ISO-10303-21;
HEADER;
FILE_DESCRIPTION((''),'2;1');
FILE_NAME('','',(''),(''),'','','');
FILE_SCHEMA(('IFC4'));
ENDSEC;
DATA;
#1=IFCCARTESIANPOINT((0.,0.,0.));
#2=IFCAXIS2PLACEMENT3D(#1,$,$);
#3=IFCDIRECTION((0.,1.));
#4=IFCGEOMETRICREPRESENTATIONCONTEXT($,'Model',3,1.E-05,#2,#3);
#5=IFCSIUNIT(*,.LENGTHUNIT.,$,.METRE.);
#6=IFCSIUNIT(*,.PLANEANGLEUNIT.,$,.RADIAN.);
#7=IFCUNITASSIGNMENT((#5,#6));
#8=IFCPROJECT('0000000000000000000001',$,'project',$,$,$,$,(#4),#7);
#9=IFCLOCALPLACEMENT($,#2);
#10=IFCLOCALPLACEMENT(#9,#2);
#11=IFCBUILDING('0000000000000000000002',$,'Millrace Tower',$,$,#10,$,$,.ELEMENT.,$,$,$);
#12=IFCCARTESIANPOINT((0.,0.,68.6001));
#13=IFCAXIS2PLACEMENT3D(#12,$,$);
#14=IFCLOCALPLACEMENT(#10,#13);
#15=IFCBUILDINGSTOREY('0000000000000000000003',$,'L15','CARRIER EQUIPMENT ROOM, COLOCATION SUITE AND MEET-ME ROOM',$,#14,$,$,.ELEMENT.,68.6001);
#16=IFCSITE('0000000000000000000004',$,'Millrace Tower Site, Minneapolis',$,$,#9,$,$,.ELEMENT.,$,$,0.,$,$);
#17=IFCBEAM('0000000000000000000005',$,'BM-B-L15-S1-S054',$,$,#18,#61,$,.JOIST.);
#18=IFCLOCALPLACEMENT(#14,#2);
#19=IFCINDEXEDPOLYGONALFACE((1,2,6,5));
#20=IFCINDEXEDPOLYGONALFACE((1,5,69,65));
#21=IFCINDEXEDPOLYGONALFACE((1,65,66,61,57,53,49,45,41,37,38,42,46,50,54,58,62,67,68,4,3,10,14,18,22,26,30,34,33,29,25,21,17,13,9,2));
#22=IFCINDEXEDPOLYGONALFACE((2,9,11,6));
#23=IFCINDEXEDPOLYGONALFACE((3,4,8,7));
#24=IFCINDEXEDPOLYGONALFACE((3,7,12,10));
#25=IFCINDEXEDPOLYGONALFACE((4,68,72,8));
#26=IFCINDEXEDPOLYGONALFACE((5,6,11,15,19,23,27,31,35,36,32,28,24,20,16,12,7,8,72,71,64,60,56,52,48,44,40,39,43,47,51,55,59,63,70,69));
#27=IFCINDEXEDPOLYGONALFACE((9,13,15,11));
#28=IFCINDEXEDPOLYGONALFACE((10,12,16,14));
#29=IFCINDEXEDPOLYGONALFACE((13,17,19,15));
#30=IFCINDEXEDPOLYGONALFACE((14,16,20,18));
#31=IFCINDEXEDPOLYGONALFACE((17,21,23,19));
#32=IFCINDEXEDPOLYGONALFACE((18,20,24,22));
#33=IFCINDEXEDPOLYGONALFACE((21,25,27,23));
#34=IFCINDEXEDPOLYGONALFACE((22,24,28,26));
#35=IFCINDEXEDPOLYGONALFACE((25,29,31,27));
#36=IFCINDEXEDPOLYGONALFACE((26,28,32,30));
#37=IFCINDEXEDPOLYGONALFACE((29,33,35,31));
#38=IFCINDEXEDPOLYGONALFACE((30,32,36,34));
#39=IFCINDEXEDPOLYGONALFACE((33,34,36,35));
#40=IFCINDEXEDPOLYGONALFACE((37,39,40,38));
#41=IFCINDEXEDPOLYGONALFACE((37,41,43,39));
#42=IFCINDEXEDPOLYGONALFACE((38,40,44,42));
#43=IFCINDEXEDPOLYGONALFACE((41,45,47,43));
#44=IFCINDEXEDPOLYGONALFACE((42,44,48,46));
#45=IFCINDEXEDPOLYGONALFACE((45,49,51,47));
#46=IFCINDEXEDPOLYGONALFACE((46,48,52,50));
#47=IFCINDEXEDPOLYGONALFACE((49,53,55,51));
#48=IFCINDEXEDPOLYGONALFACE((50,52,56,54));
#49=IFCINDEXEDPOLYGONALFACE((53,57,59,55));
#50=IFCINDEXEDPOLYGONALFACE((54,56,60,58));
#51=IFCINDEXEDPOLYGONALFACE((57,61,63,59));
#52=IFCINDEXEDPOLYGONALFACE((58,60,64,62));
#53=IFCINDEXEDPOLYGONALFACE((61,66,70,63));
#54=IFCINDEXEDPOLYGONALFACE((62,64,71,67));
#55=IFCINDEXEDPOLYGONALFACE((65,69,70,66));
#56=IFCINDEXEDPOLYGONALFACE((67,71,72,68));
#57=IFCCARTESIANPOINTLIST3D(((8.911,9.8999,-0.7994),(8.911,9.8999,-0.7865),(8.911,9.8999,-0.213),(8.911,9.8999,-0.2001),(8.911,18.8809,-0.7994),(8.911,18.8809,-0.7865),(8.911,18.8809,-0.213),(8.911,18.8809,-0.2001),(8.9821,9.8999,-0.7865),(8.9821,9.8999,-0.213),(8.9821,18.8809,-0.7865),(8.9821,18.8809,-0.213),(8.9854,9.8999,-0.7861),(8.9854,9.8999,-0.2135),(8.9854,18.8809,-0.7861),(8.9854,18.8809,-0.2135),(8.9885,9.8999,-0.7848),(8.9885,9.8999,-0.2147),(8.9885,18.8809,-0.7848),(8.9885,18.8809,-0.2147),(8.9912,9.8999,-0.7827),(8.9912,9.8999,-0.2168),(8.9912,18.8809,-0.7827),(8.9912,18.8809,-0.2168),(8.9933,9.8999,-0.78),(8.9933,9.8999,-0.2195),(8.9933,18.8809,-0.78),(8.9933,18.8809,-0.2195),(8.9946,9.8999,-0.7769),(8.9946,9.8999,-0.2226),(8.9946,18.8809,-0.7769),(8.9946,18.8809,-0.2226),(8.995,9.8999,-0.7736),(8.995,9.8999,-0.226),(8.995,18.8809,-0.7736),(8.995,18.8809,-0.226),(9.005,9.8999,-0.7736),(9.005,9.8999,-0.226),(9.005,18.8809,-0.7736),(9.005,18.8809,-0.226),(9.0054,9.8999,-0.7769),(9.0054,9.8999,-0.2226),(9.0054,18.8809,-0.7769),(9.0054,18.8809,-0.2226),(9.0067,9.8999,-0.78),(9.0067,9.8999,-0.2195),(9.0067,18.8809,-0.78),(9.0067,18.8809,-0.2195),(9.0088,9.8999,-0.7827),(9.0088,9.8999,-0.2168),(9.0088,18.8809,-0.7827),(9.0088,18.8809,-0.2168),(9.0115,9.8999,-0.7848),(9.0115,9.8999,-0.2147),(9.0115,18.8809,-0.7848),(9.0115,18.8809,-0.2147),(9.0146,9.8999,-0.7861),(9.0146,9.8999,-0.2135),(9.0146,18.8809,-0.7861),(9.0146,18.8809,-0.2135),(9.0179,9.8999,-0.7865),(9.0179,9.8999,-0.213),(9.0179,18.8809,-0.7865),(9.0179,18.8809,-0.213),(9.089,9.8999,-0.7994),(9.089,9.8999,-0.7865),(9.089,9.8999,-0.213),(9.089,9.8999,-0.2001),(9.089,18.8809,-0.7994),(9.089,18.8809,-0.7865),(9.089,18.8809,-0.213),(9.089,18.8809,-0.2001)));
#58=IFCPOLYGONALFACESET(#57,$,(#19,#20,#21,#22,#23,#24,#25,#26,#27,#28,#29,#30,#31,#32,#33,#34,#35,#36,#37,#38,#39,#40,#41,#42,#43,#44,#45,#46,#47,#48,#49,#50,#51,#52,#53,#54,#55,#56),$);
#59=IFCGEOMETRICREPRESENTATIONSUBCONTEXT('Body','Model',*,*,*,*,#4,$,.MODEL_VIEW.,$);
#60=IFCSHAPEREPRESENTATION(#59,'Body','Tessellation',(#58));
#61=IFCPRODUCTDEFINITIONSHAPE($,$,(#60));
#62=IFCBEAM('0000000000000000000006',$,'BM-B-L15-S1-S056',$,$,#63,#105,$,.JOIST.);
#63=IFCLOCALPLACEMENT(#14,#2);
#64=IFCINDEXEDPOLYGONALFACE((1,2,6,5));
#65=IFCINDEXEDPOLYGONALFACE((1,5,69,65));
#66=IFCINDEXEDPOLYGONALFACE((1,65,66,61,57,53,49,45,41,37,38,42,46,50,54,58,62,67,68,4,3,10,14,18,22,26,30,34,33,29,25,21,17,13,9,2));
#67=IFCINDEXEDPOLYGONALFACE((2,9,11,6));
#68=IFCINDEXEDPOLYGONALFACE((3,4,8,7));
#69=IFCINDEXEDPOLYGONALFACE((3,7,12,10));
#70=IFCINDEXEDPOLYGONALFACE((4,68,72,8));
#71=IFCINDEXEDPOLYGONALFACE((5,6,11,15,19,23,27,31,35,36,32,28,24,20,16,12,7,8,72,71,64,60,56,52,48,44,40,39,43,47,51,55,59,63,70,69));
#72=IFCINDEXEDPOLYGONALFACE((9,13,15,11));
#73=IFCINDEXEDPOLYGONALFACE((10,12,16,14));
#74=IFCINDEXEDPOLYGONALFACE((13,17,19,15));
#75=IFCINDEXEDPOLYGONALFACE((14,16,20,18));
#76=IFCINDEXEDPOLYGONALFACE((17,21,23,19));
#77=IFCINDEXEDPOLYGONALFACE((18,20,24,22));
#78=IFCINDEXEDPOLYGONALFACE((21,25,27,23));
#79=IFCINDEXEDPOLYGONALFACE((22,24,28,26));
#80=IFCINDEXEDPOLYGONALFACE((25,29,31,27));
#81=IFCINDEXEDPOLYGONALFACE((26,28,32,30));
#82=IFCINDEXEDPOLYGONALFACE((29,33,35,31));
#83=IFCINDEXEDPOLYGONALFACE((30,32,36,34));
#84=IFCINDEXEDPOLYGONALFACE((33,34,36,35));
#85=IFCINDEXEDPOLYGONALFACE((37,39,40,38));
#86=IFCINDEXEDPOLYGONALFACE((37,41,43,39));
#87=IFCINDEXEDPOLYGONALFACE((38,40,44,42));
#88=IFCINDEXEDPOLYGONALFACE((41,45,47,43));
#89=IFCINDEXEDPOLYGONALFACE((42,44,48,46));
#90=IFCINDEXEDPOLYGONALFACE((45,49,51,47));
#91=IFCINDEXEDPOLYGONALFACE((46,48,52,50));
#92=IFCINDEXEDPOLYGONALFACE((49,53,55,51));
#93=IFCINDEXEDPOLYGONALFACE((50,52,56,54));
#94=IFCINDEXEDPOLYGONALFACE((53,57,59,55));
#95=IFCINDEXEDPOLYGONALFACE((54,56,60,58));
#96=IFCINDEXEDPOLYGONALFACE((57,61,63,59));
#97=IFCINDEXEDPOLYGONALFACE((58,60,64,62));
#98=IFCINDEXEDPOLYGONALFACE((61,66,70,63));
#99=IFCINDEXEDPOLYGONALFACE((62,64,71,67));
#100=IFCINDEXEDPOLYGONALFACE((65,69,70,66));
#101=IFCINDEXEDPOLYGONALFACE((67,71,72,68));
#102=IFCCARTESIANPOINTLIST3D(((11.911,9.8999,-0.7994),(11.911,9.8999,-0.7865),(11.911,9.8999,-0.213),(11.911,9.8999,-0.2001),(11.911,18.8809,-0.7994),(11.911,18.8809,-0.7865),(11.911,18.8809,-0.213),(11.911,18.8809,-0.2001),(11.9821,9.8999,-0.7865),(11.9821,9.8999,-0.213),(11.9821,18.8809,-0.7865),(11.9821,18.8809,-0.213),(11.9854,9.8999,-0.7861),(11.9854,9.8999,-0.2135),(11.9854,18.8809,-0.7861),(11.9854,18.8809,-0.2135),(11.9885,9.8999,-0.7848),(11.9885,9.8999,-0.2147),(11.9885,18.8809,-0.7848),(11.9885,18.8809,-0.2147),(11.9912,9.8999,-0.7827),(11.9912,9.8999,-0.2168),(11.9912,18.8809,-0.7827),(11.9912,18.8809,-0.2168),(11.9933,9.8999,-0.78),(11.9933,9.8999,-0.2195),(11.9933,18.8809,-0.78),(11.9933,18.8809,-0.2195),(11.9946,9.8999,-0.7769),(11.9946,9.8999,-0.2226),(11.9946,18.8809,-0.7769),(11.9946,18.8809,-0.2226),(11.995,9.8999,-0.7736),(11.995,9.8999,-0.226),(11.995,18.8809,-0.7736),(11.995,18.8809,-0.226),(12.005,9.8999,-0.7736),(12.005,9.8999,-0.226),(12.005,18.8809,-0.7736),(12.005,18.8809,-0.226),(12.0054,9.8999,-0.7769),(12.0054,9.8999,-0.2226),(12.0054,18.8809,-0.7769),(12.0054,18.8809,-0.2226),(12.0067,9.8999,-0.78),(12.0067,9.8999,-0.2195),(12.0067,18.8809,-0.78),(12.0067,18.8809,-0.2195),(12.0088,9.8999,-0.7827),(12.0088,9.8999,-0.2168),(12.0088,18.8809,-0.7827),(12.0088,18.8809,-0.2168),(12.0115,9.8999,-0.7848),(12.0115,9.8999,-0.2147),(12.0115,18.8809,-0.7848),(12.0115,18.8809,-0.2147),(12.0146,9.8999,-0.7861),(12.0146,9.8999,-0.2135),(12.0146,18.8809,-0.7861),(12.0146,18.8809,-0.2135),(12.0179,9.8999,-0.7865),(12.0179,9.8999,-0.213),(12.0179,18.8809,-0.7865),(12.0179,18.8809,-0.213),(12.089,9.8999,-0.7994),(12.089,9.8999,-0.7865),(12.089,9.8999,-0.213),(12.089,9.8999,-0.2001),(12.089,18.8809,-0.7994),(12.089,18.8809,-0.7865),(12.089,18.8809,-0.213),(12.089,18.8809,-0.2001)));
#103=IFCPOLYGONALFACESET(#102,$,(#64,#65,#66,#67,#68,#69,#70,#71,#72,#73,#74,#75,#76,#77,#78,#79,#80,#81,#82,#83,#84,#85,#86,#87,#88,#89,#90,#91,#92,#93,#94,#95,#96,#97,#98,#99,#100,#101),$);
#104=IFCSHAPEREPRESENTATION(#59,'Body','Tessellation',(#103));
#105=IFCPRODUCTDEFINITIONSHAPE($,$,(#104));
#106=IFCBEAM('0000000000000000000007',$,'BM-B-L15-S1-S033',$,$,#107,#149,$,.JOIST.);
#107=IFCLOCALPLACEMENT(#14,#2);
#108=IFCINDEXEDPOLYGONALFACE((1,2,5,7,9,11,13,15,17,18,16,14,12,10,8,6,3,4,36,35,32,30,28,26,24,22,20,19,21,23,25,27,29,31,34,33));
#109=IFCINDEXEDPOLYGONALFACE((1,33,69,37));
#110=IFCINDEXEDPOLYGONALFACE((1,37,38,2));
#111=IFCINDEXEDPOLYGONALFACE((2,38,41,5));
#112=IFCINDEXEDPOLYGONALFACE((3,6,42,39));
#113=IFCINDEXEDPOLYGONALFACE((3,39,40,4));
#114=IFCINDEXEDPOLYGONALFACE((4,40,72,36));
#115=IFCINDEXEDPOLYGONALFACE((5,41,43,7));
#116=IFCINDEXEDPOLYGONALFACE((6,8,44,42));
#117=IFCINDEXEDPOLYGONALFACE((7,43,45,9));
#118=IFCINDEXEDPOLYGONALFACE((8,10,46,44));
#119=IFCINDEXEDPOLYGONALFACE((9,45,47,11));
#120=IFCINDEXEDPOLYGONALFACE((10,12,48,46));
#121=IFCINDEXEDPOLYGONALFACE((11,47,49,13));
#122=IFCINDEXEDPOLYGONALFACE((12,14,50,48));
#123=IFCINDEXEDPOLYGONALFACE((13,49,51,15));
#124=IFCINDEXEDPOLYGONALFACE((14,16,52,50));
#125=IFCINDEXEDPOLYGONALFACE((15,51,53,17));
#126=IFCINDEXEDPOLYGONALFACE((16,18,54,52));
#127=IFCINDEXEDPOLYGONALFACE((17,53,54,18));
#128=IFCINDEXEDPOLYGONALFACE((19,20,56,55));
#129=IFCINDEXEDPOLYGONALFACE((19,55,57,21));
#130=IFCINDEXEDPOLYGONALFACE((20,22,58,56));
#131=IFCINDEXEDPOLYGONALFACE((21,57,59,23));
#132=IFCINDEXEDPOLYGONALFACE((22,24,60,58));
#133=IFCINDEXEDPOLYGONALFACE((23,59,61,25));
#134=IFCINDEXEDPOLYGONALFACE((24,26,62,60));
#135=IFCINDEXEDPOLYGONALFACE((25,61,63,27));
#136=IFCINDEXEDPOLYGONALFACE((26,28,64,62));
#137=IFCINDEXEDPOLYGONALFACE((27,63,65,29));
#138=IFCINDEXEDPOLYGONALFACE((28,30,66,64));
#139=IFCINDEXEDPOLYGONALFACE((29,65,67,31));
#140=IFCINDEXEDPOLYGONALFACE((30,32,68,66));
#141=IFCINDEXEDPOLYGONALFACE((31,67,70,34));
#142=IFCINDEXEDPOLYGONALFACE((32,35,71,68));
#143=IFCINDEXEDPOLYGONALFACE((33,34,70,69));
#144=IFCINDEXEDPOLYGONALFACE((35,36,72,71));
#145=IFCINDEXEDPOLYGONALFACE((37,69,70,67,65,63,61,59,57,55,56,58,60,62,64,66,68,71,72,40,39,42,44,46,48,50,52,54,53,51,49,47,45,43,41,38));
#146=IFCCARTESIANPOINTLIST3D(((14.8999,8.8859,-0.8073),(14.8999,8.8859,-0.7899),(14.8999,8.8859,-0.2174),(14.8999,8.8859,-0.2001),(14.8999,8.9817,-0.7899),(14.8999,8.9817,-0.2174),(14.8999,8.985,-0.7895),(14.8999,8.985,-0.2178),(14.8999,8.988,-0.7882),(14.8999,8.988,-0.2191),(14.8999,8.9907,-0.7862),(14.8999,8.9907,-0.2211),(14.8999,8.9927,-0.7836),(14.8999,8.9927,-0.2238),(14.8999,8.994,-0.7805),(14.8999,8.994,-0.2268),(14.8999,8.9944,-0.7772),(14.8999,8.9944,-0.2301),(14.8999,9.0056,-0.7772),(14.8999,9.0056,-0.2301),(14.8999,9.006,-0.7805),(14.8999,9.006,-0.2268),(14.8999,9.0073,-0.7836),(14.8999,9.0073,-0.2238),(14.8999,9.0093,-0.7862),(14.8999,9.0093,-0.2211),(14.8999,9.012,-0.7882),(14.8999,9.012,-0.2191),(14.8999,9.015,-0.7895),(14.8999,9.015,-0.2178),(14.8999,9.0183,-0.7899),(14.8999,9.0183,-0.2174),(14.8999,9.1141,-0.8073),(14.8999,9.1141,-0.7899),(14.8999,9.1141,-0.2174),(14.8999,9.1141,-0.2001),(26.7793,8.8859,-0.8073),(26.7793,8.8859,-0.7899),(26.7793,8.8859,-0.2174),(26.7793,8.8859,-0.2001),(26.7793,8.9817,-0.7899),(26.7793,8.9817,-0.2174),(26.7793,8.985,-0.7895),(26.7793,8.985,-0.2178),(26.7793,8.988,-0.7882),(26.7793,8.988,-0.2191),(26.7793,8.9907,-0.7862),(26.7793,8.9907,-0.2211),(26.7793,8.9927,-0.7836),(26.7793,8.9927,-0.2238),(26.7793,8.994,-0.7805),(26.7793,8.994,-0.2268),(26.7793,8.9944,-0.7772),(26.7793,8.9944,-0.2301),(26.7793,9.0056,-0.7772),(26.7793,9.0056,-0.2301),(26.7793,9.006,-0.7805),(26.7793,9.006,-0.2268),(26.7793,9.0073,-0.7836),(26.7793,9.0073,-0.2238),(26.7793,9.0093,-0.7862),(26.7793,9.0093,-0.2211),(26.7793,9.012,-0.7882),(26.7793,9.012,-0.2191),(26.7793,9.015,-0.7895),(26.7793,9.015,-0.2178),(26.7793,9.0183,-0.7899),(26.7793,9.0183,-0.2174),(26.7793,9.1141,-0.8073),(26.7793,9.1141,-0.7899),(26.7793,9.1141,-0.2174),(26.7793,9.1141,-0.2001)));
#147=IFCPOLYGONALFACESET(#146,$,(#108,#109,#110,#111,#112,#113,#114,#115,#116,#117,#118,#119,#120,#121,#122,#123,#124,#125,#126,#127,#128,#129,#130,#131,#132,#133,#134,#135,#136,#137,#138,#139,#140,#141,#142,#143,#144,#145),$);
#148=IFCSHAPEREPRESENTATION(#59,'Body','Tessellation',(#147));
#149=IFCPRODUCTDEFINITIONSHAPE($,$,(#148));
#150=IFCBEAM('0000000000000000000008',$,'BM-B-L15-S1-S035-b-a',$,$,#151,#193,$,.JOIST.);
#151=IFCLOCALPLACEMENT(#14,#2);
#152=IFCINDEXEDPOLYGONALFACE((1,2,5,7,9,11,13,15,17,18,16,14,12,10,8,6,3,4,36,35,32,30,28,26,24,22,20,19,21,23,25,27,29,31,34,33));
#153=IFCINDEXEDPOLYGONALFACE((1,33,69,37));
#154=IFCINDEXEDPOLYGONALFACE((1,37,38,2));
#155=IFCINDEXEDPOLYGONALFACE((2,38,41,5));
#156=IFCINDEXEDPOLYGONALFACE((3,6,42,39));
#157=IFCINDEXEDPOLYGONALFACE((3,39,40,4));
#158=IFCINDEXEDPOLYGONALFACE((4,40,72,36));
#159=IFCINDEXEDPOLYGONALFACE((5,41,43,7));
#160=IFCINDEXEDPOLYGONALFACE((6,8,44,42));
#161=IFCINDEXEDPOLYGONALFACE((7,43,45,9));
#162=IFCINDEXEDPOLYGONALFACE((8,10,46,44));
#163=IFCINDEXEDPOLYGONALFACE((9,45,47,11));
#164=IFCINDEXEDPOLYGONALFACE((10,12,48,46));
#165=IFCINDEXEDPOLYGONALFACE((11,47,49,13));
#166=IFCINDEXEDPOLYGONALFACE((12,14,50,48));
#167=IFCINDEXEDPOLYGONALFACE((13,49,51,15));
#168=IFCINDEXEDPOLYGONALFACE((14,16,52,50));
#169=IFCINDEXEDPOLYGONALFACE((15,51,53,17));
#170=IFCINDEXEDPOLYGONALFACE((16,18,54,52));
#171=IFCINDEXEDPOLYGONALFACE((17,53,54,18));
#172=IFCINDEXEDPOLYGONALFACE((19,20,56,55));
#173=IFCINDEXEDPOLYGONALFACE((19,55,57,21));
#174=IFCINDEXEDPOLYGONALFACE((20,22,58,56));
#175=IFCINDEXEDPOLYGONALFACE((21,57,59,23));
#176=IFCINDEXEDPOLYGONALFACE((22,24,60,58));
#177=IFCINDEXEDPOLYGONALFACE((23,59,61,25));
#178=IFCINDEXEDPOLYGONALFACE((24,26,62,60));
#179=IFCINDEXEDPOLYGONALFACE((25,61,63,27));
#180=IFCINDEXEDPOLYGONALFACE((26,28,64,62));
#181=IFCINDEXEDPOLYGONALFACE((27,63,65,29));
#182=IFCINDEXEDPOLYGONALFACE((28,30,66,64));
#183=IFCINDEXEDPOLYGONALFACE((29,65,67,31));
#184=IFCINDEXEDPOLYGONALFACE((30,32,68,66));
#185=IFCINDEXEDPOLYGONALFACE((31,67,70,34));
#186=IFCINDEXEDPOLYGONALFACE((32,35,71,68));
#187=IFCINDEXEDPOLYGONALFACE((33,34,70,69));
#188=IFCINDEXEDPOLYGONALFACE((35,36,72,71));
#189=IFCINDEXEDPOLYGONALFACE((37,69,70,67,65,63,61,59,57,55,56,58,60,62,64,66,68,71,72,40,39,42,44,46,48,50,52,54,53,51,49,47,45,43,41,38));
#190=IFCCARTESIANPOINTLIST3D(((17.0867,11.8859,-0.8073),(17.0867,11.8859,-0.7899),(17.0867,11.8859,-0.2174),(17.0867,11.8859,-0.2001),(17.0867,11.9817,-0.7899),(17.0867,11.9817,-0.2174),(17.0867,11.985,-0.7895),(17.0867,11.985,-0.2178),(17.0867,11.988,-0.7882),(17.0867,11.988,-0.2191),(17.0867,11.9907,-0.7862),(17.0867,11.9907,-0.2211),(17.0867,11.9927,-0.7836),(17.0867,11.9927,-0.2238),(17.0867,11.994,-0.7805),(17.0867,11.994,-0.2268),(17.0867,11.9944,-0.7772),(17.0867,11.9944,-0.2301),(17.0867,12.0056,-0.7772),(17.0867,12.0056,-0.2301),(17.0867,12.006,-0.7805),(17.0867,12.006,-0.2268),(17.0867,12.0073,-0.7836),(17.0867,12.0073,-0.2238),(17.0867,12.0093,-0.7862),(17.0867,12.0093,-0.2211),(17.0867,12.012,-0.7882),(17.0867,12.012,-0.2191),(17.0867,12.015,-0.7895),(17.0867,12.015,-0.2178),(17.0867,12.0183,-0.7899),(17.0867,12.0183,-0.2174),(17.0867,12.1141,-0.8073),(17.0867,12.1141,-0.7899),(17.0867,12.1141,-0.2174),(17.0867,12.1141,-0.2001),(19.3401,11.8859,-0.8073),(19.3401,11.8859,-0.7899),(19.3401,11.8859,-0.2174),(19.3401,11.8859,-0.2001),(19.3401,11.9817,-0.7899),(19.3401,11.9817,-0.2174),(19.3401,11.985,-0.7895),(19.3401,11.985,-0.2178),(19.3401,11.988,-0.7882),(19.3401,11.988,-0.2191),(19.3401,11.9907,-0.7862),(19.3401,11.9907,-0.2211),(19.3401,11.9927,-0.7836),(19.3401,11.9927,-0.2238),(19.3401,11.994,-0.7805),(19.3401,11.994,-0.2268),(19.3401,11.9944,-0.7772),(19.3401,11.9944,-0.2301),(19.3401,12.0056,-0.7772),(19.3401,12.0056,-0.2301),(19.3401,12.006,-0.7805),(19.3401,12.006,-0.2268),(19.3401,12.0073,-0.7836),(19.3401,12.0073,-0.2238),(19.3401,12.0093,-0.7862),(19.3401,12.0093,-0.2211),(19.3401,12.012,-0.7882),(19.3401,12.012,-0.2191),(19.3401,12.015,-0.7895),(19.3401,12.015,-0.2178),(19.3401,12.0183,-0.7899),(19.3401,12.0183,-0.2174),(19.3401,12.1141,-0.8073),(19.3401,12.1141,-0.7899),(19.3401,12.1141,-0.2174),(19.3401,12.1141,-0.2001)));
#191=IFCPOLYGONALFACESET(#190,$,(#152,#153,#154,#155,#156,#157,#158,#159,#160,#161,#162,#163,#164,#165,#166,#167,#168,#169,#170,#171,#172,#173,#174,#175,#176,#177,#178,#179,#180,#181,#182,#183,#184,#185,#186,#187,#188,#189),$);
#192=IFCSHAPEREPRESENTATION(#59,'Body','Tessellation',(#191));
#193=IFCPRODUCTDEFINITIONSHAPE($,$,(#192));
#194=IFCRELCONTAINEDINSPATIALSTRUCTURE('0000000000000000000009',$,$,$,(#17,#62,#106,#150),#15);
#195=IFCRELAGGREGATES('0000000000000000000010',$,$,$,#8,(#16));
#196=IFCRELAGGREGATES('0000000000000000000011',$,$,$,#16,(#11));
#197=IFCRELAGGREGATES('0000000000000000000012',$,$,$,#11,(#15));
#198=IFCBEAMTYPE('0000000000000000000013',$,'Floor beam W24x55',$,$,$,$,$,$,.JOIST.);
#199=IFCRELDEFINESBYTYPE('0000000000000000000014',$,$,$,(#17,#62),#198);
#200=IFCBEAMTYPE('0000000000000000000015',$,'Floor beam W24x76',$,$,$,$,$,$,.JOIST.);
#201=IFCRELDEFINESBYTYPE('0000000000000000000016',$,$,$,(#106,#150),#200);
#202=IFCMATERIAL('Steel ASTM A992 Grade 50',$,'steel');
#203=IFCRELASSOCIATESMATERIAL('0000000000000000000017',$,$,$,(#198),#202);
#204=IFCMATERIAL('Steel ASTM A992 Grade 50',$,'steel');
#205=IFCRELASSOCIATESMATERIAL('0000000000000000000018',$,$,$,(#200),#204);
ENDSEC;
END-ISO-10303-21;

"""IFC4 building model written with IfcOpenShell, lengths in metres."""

from ifc_helpers import new_model, si_unit, direction, frame, origin, origin_2d, place, context, subcontext, project, spatial, i_section, extrude, material, material_profile, profile_set, type_object, element, save


model = new_model("IFC4")

# Units and contexts
model_context = context("Model", 3, precision=1e-05, world=origin(), true_north=direction((0.0, 1.0)))
body_context = subcontext(model_context, "Body", "Model", "MODEL_VIEW")
ifc_project = project(units=[si_unit("LENGTHUNIT", "METRE"), si_unit("PLANEANGLEUNIT", "RADIAN")], contexts=[model_context])

# Site, building, storey
site_placement = place(None, origin())
site = spatial("IfcSite", under=ifc_project, at=site_placement, Name="Millrace Tower Site, Minneapolis", CompositionType="ELEMENT", RefElevation=0.0)
building_placement = place(site_placement, origin())
building = spatial("IfcBuilding", under=site, at=building_placement, Name="Millrace Tower", CompositionType="ELEMENT")
storey_placement = place(building_placement, frame((0.0, 0.0, 68.6001)))
storey = spatial("IfcBuildingStorey", under=building, at=storey_placement, Name="L15", Description="CARRIER EQUIPMENT ROOM, COLOCATION SUITE AND MEET-ME ROOM", CompositionType="ELEMENT", Elevation=68.6001)

# Beams
ifc_material_1 = material(Name="Steel ASTM A992 Grade 50", Category="steel")
ifc_material_profile_1 = material_profile(ifc_material_1, i_section(OverallWidth=0.178, OverallDepth=0.5994, WebThickness=0.01, FlangeThickness=0.0129, FilletRadius=0.0129, at=origin_2d()))
ifc_profile_set_1 = profile_set([ifc_material_profile_1], Name="Steel ASTM A992 Grade 50")
beam_type_1 = type_object("IfcBeamType", Name="Floor beam W24x55", PredefinedType="JOIST", material=ifc_profile_set_1)
for number, where, z_axis, x_axis, name in (
    (1, (9.0, 9.8999, -0.4998), (0.0, 1.0, 0.0), (-1.0, 0.0, 0.0), "BM-B-L15-S1-S054"),
    (2, (12.0, 9.8999, -0.4998), (0.0, 1.0, 0.0), (-1.0, 0.0, 0.0), "BM-B-L15-S1-S056"),
):
    element("IfcBeam", number, at=place(storey_placement, frame(where, z_axis=z_axis, x_axis=x_axis)), inside=storey, type_object=beam_type_1, Name=name, PredefinedType="JOIST", context=body_context, shape_type="SweptSolid", body=[
        extrude(i_section(OverallWidth=0.178, OverallDepth=0.5994, WebThickness=0.01, FlangeThickness=0.0129, FilletRadius=0.0129, at=origin_2d()), origin(), (0.0, 0.0, 1.0), 8.981),
    ])
ifc_material_2 = material(Name="Steel ASTM A992 Grade 50", Category="steel")
ifc_material_profile_2 = material_profile(ifc_material_2, i_section(OverallWidth=0.2283, OverallDepth=0.6072, WebThickness=0.0112, FlangeThickness=0.0173, FilletRadius=0.0127, at=origin_2d()))
ifc_profile_set_2 = profile_set([ifc_material_profile_2], Name="Steel ASTM A992 Grade 50")
beam_type_2 = type_object("IfcBeamType", Name="Floor beam W24x76", PredefinedType="JOIST", material=ifc_profile_set_2)
beam_1_placement = place(storey_placement, frame((14.8999, 9.0, -0.5037), z_axis=(1.0, 0.0, 0.0), x_axis=(0.0, 1.0, 0.0)))
element("IfcBeam", 3, at=beam_1_placement, inside=storey, type_object=beam_type_2, Name="BM-B-L15-S1-S033", PredefinedType="JOIST", context=body_context, shape_type="SweptSolid", body=[
    extrude(i_section(OverallWidth=0.2283, OverallDepth=0.6072, WebThickness=0.0112, FlangeThickness=0.0173, FilletRadius=0.0127, at=origin_2d()), origin(), (0.0, 0.0, 1.0), 11.8794),
])
beam_2_placement = place(storey_placement, frame((17.0867, 12.0, -0.5037), z_axis=(1.0, 0.0, 0.0), x_axis=(0.0, 1.0, 0.0)))
element("IfcBeam", 4, at=beam_2_placement, inside=storey, type_object=beam_type_2, Name="BM-B-L15-S1-S035-b-a", PredefinedType="JOIST", context=body_context, shape_type="SweptSolid", body=[
    extrude(i_section(OverallWidth=0.2283, OverallDepth=0.6072, WebThickness=0.0112, FlangeThickness=0.0173, FilletRadius=0.0127, at=origin_2d()), origin(), (0.0, 0.0, 1.0), 2.2534),
])

save(model, "model.ifc")
